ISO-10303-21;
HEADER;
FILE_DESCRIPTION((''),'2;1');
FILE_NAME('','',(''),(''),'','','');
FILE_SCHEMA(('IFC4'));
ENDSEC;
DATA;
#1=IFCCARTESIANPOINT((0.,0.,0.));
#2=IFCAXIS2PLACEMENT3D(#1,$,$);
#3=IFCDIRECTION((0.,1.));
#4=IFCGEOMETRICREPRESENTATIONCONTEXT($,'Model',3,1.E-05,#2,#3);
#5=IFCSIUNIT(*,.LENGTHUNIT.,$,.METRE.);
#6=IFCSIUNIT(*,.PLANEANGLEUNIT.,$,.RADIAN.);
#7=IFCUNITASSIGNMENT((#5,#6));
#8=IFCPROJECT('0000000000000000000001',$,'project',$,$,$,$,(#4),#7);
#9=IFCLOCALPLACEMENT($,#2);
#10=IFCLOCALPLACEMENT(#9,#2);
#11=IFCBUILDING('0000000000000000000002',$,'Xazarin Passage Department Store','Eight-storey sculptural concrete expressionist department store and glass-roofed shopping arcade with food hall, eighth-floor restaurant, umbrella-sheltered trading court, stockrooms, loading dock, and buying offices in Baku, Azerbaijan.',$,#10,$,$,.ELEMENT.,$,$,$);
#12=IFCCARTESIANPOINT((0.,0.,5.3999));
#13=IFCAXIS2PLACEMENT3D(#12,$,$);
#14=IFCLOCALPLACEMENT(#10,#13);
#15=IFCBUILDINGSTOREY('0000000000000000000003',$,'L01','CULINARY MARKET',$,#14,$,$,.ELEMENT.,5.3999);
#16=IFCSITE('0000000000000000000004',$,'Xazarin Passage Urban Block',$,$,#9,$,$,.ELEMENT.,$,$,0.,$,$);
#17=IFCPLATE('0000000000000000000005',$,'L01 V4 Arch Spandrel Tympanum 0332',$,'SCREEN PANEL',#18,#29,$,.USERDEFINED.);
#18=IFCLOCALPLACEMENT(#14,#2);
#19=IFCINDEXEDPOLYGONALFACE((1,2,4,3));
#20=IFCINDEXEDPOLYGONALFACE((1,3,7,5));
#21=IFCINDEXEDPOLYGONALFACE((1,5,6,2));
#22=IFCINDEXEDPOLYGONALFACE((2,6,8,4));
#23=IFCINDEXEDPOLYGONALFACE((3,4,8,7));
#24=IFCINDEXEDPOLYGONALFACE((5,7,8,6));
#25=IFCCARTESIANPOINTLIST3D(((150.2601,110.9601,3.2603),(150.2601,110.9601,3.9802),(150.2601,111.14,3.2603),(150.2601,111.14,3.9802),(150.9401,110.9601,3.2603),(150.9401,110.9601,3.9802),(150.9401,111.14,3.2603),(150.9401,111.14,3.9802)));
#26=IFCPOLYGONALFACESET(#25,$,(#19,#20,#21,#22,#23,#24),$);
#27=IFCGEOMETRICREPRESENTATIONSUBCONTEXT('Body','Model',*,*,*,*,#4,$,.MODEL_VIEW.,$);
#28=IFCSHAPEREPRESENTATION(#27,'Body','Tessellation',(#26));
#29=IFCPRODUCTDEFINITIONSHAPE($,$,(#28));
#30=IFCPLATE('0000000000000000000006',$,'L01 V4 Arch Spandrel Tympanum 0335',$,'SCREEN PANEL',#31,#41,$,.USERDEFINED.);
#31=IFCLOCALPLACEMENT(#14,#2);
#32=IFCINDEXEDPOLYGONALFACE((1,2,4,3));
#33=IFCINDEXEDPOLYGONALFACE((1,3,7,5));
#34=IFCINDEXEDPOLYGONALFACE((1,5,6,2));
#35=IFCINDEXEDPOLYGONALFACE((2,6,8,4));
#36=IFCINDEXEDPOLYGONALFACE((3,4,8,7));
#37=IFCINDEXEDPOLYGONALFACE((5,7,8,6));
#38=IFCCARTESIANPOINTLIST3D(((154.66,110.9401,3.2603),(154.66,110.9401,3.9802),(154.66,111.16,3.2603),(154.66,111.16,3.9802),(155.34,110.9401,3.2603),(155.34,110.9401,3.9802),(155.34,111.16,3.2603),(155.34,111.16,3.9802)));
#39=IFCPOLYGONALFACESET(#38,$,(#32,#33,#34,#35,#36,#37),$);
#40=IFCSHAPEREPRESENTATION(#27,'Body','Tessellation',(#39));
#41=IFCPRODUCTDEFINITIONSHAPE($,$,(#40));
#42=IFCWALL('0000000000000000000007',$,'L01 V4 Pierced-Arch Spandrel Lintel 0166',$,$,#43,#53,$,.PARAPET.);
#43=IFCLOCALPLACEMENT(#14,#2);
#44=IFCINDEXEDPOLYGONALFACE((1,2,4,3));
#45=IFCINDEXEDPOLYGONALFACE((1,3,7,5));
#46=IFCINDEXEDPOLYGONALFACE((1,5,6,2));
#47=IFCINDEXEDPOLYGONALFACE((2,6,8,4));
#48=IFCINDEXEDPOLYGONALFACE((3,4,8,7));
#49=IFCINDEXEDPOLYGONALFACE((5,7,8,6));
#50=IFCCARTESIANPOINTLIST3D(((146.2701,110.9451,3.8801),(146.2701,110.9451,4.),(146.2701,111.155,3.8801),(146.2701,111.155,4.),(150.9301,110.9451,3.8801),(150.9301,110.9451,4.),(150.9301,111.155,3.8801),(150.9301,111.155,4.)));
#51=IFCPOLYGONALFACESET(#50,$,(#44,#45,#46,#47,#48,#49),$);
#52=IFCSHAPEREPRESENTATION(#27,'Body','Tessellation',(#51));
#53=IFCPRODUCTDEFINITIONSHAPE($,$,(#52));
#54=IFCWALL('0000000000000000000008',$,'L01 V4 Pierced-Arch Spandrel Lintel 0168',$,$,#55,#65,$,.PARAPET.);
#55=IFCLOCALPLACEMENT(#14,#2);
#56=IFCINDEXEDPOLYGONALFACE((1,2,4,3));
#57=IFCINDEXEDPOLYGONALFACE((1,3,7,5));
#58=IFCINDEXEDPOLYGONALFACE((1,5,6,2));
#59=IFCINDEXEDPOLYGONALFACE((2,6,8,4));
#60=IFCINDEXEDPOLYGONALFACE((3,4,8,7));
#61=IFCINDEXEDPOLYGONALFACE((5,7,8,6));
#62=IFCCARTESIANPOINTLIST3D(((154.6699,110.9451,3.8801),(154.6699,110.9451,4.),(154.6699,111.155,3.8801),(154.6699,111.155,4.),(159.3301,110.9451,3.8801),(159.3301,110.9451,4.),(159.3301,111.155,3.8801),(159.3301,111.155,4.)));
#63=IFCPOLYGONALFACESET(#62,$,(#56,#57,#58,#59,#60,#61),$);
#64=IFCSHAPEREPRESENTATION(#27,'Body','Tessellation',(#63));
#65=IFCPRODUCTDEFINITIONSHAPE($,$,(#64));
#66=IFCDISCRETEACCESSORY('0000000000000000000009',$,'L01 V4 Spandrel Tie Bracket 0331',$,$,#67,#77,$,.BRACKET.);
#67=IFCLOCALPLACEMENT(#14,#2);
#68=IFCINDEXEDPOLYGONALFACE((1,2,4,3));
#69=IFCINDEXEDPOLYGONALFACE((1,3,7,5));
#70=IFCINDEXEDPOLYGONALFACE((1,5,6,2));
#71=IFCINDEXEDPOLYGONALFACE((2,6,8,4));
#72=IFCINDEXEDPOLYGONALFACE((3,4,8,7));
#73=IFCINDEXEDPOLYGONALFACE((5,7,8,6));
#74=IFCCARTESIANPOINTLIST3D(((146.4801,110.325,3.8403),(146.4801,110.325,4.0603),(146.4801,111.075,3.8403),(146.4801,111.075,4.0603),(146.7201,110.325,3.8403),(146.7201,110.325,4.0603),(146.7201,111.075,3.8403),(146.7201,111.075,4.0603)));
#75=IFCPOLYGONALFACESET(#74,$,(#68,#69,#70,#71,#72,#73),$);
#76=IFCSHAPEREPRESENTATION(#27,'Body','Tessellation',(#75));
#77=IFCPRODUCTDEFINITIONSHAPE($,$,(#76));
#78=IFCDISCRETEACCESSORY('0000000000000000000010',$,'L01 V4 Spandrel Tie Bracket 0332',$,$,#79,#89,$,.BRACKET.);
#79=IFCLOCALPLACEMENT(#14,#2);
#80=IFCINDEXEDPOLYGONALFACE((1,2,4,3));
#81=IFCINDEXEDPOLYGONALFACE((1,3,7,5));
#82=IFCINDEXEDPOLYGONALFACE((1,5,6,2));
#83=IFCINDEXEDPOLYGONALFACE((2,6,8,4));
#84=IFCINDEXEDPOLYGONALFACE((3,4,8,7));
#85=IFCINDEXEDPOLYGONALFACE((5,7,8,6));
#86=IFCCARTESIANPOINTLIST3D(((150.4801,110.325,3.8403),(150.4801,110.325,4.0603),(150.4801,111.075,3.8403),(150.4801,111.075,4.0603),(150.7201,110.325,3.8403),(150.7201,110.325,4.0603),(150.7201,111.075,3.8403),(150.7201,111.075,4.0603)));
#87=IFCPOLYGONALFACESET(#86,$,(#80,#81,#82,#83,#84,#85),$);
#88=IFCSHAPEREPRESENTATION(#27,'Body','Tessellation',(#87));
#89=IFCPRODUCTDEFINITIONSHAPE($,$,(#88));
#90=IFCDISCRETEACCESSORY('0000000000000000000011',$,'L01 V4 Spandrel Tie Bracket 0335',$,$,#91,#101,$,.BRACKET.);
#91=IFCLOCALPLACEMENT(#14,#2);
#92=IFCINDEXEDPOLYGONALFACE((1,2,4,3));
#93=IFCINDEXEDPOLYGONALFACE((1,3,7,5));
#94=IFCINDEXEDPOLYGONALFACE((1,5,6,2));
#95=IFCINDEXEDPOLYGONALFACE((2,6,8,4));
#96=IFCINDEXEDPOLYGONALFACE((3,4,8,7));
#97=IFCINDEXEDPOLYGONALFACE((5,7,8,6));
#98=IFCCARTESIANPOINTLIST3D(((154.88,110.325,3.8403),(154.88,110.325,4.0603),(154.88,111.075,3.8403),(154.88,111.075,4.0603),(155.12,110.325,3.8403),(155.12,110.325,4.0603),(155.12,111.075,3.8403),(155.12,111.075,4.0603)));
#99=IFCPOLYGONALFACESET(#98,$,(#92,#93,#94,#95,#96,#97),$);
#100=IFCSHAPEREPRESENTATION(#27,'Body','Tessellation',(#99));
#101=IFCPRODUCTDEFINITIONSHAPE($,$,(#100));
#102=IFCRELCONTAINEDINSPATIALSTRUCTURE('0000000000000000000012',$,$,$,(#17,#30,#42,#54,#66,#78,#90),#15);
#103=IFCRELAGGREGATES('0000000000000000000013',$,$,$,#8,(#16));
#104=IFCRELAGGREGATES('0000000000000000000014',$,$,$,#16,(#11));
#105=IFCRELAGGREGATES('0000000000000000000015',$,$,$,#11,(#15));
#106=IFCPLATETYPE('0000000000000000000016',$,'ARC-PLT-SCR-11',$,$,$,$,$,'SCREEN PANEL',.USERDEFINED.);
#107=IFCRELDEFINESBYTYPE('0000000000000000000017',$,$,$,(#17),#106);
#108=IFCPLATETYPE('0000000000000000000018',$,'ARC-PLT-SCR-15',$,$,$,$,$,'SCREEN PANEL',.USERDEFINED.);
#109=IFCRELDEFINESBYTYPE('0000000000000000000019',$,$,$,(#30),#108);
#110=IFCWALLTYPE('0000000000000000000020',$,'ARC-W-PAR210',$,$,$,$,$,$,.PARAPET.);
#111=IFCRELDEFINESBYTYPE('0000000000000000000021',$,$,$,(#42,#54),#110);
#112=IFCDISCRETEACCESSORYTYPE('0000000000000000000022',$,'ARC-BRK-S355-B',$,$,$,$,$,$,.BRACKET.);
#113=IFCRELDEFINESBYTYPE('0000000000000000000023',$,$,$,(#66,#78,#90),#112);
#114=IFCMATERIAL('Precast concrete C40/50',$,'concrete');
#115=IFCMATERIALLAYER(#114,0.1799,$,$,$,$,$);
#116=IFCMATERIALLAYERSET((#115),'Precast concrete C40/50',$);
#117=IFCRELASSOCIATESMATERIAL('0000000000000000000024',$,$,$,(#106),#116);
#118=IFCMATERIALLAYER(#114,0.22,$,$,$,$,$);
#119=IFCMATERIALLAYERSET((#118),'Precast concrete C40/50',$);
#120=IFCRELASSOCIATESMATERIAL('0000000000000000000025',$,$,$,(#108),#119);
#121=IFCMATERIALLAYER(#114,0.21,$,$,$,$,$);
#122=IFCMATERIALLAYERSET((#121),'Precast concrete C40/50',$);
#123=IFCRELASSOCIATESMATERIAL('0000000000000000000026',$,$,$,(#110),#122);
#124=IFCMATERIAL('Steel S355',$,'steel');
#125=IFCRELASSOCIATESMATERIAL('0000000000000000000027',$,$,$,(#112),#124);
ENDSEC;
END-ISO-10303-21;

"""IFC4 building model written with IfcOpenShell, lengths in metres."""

from ifc_helpers import new_model, si_unit, direction, frame, frame_2d, origin, origin_2d, place, context, subcontext, project, spatial, rectangle, extrude, material, layer, layer_set, type_object, element, save


model = new_model("IFC4")

# Units and contexts
model_context = context("Model", 3, precision=1e-05, world=origin(), true_north=direction((0.0, 1.0)))
body_context = subcontext(model_context, "Body", "Model", "MODEL_VIEW")
ifc_project = project(units=[si_unit("LENGTHUNIT", "METRE"), si_unit("PLANEANGLEUNIT", "RADIAN")], contexts=[model_context])

# Site, building, storey
site_placement = place(None, origin())
site = spatial("IfcSite", under=ifc_project, at=site_placement, Name="Xazarin Passage Urban Block", CompositionType="ELEMENT", RefElevation=0.0)
building_placement = place(site_placement, origin())
building = spatial("IfcBuilding", under=site, at=building_placement, Name="Xazarin Passage Department Store", Description="Eight-storey sculptural concrete expressionist department store and glass-roofed shopping arcade with food hall, eighth-floor restaurant, umbrella-sheltered trading court, stockrooms, loading dock, and buying offices in Baku, Azerbaijan.", CompositionType="ELEMENT")
storey_placement = place(building_placement, frame((0.0, 0.0, 5.3999)))
storey = spatial("IfcBuildingStorey", under=building, at=storey_placement, Name="L01", Description="CULINARY MARKET", CompositionType="ELEMENT", Elevation=5.3999)

# Plates
ifc_material_1 = material(Name="Precast concrete C40/50", Category="concrete")
ifc_layer_1 = layer(ifc_material_1, 0.1799)
ifc_layer_set_1 = layer_set([ifc_layer_1], Name="Precast concrete C40/50")
plate_type_1 = type_object("IfcPlateType", Name="ARC-PLT-SCR-11", ElementType="SCREEN PANEL", PredefinedType="USERDEFINED", material=ifc_layer_set_1)
for number, where, z_axis, x_axis, name in (
    (1, (150.6001, 111.05, 3.2603), (0.0, 0.0, 1.0), (1.0, 0.0, 0.0), "L01 V4 Arch Spandrel Tympanum 0332"),
):
    element("IfcPlate", number, at=place(storey_placement, frame(where, z_axis=z_axis, x_axis=x_axis)), inside=storey, type_object=plate_type_1, Name=name, ObjectType="SCREEN PANEL", PredefinedType="USERDEFINED", context=body_context, shape_type="SweptSolid", body=[
        extrude(rectangle(XDim=0.6799, YDim=0.1799, at=origin_2d()), origin(), (0.0, 0.0, 1.0), 0.72),
    ])
ifc_layer_2 = layer(ifc_material_1, 0.22)
ifc_layer_set_2 = layer_set([ifc_layer_2], Name="Precast concrete C40/50")
plate_type_2 = type_object("IfcPlateType", Name="ARC-PLT-SCR-15", ElementType="SCREEN PANEL", PredefinedType="USERDEFINED", material=ifc_layer_set_2)
plate_placement = place(storey_placement, frame((155.0, 111.05, 3.2603), z_axis=(0.0, 0.0, 1.0), x_axis=(1.0, 0.0, 0.0)))
element("IfcPlate", 2, at=plate_placement, inside=storey, type_object=plate_type_2, Name="L01 V4 Arch Spandrel Tympanum 0335", ObjectType="SCREEN PANEL", PredefinedType="USERDEFINED", context=body_context, shape_type="SweptSolid", body=[
    extrude(rectangle(XDim=0.6799, YDim=0.22, at=origin_2d()), origin(), (0.0, 0.0, 1.0), 0.72),
])

# Walls
ifc_layer_3 = layer(ifc_material_1, 0.21)
ifc_layer_set_3 = layer_set([ifc_layer_3], Name="Precast concrete C40/50")
wall_type = type_object("IfcWallType", Name="ARC-W-PAR210", PredefinedType="PARAPET", material=ifc_layer_set_3)
wall_1_placement = place(storey_placement, frame((146.27, 111.05, 3.8801), z_axis=(0.0, 0.0, 1.0), x_axis=(1.0, 0.0, 0.0)))
element("IfcWall", 3, at=wall_1_placement, inside=storey, type_object=wall_type, Name="L01 V4 Pierced-Arch Spandrel Lintel 0166", PredefinedType="PARAPET", context=body_context, shape_type="SweptSolid", body=[
    extrude(rectangle(XDim=4.6599, YDim=0.21, at=frame_2d((2.3301, 0.0))), origin(), (0.0, 0.0, 1.0), 0.1199),
])
wall_2_placement = place(storey_placement, frame((154.6699, 111.05, 3.8801), z_axis=(0.0, 0.0, 1.0), x_axis=(1.0, 0.0, 0.0)))
element("IfcWall", 4, at=wall_2_placement, inside=storey, type_object=wall_type, Name="L01 V4 Pierced-Arch Spandrel Lintel 0168", PredefinedType="PARAPET", context=body_context, shape_type="SweptSolid", body=[
    extrude(rectangle(XDim=4.6602, YDim=0.21, at=frame_2d((2.3301, 0.0))), origin(), (0.0, 0.0, 1.0), 0.1199),
])

# Discrete accessories
ifc_material_2 = material(Name="Steel S355", Category="steel")
discrete_accessory_type = type_object("IfcDiscreteAccessoryType", Name="ARC-BRK-S355-B", PredefinedType="BRACKET", material=ifc_material_2)
for number, where, z_axis, x_axis, name in (
    (5, (146.6001, 110.7, 3.8403), (0.0, 0.0, 1.0), (1.0, 0.0, 0.0), "L01 V4 Spandrel Tie Bracket 0331"),
    (6, (150.6001, 110.7, 3.8403), (0.0, 0.0, 1.0), (1.0, 0.0, 0.0), "L01 V4 Spandrel Tie Bracket 0332"),
    (7, (155.0, 110.7, 3.8403), (0.0, 0.0, 1.0), (1.0, 0.0, 0.0), "L01 V4 Spandrel Tie Bracket 0335"),
):
    element("IfcDiscreteAccessory", number, at=place(storey_placement, frame(where, z_axis=z_axis, x_axis=x_axis)), inside=storey, type_object=discrete_accessory_type, Name=name, PredefinedType="BRACKET", context=body_context, shape_type="SweptSolid", body=[
        extrude(rectangle(XDim=0.24, YDim=0.75, at=origin_2d()), origin(), (0.0, 0.0, 1.0), 0.22),
    ])

save(model, "model.ifc")
